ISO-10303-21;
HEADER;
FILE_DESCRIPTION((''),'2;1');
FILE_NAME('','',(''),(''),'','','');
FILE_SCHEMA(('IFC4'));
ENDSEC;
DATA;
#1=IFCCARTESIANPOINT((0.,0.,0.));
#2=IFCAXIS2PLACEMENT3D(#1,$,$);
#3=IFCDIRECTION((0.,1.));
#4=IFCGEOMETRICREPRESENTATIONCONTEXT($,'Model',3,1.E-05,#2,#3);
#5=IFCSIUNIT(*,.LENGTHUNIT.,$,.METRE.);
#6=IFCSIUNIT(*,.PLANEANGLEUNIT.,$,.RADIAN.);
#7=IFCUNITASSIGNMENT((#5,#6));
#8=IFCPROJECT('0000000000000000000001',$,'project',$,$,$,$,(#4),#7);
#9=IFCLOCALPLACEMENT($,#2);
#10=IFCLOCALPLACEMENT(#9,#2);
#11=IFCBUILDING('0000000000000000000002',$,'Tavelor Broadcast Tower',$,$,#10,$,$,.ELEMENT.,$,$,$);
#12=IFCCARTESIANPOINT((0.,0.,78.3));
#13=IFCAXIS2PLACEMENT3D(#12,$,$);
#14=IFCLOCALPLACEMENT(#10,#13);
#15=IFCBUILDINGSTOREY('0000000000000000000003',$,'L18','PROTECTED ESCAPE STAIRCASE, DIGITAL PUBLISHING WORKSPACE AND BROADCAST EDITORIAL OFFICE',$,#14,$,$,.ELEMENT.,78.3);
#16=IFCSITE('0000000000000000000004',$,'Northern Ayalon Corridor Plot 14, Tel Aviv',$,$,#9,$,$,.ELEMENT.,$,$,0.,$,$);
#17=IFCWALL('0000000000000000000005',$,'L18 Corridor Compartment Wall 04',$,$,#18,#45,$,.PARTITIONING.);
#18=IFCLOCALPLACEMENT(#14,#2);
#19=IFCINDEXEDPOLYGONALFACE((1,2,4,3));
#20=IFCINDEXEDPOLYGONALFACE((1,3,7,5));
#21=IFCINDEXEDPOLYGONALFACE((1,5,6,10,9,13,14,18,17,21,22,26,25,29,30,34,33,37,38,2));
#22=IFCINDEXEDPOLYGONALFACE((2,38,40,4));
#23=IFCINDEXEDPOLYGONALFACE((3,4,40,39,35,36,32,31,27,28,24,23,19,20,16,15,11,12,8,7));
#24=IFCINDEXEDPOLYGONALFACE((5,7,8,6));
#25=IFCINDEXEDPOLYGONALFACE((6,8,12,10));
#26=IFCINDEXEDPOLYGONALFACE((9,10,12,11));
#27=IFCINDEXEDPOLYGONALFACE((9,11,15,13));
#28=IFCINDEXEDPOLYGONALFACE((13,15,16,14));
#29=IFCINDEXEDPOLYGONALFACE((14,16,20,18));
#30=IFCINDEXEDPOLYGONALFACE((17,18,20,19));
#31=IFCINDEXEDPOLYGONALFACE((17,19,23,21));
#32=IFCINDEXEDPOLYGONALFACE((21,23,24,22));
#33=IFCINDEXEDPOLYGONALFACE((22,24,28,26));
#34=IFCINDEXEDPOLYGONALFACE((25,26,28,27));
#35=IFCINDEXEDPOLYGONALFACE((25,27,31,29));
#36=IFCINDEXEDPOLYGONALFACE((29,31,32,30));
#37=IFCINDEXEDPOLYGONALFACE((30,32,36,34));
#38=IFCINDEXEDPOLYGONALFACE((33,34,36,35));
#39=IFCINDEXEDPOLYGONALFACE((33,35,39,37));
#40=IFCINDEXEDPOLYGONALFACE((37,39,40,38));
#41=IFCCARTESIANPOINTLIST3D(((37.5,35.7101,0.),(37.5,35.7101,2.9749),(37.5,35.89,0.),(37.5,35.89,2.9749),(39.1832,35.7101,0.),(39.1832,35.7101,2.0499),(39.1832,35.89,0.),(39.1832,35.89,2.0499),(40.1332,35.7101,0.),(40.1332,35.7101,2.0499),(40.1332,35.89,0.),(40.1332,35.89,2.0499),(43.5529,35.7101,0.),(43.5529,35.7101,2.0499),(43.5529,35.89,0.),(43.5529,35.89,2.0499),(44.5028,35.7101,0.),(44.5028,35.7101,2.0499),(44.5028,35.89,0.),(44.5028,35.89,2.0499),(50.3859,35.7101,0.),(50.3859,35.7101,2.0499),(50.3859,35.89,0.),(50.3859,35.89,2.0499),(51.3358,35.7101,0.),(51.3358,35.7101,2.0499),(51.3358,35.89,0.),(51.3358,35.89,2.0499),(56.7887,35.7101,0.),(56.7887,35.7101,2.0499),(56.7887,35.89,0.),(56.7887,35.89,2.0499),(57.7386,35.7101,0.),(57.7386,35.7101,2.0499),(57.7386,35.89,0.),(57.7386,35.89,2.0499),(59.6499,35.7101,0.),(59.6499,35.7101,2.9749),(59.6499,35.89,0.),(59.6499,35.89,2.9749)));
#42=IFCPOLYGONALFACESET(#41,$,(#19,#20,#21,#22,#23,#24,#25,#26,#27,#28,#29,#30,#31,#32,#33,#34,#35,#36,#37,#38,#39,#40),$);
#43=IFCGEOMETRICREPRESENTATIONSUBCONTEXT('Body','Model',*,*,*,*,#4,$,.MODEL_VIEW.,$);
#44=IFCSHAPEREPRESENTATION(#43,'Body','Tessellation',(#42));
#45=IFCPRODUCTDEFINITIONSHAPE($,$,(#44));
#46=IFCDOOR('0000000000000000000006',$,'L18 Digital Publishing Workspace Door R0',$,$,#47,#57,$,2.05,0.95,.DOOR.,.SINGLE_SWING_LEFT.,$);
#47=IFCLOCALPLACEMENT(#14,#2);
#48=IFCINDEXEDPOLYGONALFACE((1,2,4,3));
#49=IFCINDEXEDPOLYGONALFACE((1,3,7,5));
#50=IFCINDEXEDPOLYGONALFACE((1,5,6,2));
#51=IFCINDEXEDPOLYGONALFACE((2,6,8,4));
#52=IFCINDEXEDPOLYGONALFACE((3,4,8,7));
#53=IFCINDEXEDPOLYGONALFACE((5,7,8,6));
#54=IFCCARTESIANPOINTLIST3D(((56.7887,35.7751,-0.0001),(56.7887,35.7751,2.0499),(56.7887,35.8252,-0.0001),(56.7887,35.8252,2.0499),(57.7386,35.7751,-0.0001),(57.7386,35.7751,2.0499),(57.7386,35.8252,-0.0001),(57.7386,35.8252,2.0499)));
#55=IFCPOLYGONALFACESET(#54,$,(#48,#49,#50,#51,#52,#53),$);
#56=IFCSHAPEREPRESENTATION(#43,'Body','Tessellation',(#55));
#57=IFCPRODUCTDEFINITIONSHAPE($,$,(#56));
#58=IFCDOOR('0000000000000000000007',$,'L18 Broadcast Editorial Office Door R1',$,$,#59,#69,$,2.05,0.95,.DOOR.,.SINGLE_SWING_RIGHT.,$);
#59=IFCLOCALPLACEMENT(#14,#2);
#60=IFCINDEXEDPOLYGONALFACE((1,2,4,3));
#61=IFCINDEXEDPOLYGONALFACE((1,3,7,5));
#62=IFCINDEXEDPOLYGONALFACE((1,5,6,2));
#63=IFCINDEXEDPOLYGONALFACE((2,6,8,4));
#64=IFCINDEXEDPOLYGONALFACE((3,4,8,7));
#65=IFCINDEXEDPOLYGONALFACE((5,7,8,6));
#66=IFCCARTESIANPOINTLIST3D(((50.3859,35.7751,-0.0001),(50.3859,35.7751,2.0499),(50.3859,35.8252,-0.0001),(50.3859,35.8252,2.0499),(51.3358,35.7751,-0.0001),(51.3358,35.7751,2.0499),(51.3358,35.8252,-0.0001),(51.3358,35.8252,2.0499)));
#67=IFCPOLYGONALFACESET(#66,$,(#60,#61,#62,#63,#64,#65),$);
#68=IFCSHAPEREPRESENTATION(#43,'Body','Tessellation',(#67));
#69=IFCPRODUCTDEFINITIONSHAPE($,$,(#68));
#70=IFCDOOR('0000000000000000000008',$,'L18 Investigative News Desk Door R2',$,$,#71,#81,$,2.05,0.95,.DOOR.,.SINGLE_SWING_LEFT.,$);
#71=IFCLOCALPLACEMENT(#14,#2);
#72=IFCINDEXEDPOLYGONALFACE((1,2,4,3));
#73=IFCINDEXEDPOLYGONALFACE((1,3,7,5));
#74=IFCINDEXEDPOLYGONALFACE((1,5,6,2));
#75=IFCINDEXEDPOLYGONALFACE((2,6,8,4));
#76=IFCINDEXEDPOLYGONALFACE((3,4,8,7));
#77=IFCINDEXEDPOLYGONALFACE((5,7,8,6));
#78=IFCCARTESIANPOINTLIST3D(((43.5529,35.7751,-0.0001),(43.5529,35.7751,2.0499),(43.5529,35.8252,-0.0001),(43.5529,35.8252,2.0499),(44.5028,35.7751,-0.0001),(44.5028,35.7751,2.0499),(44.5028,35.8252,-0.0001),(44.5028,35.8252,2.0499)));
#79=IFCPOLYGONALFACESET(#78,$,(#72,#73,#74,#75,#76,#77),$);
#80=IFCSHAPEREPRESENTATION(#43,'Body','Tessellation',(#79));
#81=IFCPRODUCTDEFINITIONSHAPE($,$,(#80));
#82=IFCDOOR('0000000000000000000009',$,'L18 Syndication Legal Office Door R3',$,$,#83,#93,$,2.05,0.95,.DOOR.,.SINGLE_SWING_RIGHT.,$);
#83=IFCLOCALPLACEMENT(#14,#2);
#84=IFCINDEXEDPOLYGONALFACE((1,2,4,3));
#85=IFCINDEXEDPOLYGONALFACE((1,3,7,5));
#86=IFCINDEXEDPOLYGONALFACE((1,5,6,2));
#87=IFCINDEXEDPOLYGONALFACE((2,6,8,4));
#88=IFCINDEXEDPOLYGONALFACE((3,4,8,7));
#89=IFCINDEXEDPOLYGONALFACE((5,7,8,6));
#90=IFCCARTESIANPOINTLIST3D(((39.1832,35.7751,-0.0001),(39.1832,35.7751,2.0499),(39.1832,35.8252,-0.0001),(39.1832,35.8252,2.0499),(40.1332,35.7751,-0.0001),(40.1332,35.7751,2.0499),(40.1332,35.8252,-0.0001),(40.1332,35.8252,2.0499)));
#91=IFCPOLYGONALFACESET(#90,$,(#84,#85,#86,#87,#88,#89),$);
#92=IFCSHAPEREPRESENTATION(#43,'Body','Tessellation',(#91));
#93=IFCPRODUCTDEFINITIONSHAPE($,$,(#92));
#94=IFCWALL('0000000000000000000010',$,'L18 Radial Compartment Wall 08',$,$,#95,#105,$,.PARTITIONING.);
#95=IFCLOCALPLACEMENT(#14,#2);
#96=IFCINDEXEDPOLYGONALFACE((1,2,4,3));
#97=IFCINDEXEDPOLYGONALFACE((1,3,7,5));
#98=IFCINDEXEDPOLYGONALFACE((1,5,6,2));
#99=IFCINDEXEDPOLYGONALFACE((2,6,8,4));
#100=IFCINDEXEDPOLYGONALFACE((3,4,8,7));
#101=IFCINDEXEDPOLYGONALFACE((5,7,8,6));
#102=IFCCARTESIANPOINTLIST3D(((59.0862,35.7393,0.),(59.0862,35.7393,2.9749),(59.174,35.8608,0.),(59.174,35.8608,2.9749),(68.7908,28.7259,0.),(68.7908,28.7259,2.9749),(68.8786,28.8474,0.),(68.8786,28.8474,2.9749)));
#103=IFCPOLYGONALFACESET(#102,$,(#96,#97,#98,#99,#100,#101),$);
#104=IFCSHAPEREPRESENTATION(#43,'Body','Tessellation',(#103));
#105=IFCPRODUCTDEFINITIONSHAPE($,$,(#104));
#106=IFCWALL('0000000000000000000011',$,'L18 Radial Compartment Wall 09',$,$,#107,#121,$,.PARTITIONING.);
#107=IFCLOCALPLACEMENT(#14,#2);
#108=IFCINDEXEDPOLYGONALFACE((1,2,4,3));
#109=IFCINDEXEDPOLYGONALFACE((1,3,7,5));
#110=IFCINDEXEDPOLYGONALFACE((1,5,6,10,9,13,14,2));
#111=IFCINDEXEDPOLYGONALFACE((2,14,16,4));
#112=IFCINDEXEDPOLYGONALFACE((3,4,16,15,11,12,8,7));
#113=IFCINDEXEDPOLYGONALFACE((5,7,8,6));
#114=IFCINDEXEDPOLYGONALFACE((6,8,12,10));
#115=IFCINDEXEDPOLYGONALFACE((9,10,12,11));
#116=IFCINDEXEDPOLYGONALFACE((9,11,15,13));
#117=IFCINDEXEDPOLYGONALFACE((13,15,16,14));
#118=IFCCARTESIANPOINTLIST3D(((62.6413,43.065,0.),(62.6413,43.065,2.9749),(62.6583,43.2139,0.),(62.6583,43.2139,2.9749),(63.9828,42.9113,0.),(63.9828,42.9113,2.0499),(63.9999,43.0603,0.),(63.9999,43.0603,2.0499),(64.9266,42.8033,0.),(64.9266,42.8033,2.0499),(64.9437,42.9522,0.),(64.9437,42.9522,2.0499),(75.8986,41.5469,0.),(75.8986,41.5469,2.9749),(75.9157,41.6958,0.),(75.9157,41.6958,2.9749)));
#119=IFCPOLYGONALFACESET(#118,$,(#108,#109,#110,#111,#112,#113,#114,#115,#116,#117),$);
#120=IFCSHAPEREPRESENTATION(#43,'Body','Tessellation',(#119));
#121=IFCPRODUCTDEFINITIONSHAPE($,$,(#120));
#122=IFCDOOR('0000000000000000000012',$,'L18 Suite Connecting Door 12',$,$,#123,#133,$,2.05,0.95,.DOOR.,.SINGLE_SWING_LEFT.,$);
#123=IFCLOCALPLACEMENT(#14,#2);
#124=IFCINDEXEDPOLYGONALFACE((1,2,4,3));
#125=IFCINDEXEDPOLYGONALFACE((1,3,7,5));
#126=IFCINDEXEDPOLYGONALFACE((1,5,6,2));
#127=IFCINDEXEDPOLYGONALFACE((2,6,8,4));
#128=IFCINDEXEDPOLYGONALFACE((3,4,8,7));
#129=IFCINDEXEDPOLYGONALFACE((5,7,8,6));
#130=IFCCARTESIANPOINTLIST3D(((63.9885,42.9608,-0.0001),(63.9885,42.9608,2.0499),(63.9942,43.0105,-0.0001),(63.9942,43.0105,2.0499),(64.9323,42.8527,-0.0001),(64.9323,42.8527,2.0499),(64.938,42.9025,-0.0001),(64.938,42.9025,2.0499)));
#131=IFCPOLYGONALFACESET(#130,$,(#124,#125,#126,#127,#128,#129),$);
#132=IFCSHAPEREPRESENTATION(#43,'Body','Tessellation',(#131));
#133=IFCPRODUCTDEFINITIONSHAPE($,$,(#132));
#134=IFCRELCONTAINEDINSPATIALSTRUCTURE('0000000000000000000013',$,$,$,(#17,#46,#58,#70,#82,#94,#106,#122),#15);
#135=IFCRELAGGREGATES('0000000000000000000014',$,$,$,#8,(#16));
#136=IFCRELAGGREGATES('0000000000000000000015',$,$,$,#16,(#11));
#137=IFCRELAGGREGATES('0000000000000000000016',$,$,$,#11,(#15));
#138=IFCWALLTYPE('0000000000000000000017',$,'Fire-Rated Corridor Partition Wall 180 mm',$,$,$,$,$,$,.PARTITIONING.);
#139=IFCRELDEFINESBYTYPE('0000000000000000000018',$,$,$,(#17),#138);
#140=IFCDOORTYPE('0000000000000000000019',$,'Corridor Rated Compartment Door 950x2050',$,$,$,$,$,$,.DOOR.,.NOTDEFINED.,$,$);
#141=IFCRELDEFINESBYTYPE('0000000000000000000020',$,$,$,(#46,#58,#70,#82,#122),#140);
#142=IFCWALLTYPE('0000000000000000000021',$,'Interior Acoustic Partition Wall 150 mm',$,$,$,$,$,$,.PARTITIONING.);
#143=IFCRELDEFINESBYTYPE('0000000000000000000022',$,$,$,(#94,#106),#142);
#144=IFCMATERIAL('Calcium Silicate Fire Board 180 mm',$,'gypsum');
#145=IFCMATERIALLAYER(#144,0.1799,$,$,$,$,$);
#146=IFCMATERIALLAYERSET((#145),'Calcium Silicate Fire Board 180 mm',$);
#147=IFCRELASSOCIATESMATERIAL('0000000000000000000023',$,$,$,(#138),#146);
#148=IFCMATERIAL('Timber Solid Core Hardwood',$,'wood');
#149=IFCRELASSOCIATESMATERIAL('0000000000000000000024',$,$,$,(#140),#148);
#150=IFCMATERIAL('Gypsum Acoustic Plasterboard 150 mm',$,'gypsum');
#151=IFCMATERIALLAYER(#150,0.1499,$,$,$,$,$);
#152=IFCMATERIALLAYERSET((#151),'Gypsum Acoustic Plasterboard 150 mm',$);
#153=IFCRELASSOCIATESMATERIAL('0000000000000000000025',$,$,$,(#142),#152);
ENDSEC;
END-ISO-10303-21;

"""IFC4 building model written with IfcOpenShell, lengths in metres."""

from ifc_helpers import new_model, si_unit, direction, frame, frame_2d, origin, place, context, subcontext, project, spatial, rectangle, extrude, material, layer, layer_set, type_object, element, fill, save


model = new_model("IFC4")

# Units and contexts
model_context = context("Model", 3, precision=1e-05, world=origin(), true_north=direction((0.0, 1.0)))
body_context = subcontext(model_context, "Body", "Model", "MODEL_VIEW")
ifc_project = project(units=[si_unit("LENGTHUNIT", "METRE"), si_unit("PLANEANGLEUNIT", "RADIAN")], contexts=[model_context])

# Site, building, storey
site_placement = place(None, origin())
site = spatial("IfcSite", under=ifc_project, at=site_placement, Name="Northern Ayalon Corridor Plot 14, Tel Aviv", CompositionType="ELEMENT", RefElevation=0.0)
building_placement = place(site_placement, origin())
building = spatial("IfcBuilding", under=site, at=building_placement, Name="Tavelor Broadcast Tower", CompositionType="ELEMENT")
storey_placement = place(building_placement, frame((0.0, 0.0, 78.3)))
storey = spatial("IfcBuildingStorey", under=building, at=storey_placement, Name="L18", Description="PROTECTED ESCAPE STAIRCASE, DIGITAL PUBLISHING WORKSPACE AND BROADCAST EDITORIAL OFFICE", CompositionType="ELEMENT", Elevation=78.3)

# Shared definitions
ifc_material_1 = material(Name="Calcium Silicate Fire Board 180 mm", Category="gypsum")
ifc_layer_1 = layer(ifc_material_1, 0.1799)
ifc_layer_set_1 = layer_set([ifc_layer_1], Name="Calcium Silicate Fire Board 180 mm")
wall_type_1 = type_object("IfcWallType", Name="Fire-Rated Corridor Partition Wall 180 mm", PredefinedType="PARTITIONING", material=ifc_layer_set_1)
ifc_material_2 = material(Name="Timber Solid Core Hardwood", Category="wood")
door_type_1 = type_object("IfcDoorType", Name="Corridor Rated Compartment Door 950x2050", OperationType="NOTDEFINED", PredefinedType="DOOR", material=ifc_material_2)

# Wall, openings, doors
wall_1_placement = place(storey_placement, frame((59.6499, 35.8, 0.0), z_axis=(0.0, 0.0, 1.0), x_axis=(-1.0, 0.0, 0.0)))
wall_1 = element("IfcWall", 1, at=wall_1_placement, inside=storey, type_object=wall_type_1, Name="L18 Corridor Compartment Wall 04", PredefinedType="PARTITIONING", context=body_context, shape_type="SweptSolid", body=[
    extrude(rectangle(XDim=22.1499, YDim=0.1799, at=frame_2d((11.075, 0.0))), origin(), (0.0, 0.0, 1.0), 2.9749),
])
opening_1_placement = place(wall_1_placement, frame((1.9111, 0.0, 0.0)))
opening_1 = element("IfcOpeningElement", 2, at=opening_1_placement, cuts=wall_1, PredefinedType="OPENING", context=body_context, shape_type="SweptSolid", body=[
    extrude(rectangle(XDim=0.95, YDim=2.05, at=frame_2d((0.4751, 1.0249))), frame((0.0, 0.1001, 0.0), z_axis=(0.0, -1.0, 0.0), x_axis=(1.0, 0.0, 0.0)), (0.0, 0.0, 1.0), 0.2),
])
opening_2_placement = place(wall_1_placement, frame((8.314, 0.0, 0.0)))
opening_2 = element("IfcOpeningElement", 3, at=opening_2_placement, cuts=wall_1, PredefinedType="OPENING", context=body_context, shape_type="SweptSolid", body=[
    extrude(rectangle(XDim=0.95, YDim=2.05, at=frame_2d((0.4751, 1.0249))), frame((0.0, 0.1001, 0.0), z_axis=(0.0, -1.0, 0.0), x_axis=(1.0, 0.0, 0.0)), (0.0, 0.0, 1.0), 0.2),
])
opening_3_placement = place(wall_1_placement, frame((15.147, 0.0, 0.0)))
opening_3 = element("IfcOpeningElement", 4, at=opening_3_placement, cuts=wall_1, PredefinedType="OPENING", context=body_context, shape_type="SweptSolid", body=[
    extrude(rectangle(XDim=0.95, YDim=2.05, at=frame_2d((0.4751, 1.0249))), frame((0.0, 0.1001, 0.0), z_axis=(0.0, -1.0, 0.0), x_axis=(1.0, 0.0, 0.0)), (0.0, 0.0, 1.0), 0.2),
])
opening_4_placement = place(wall_1_placement, frame((19.5166, 0.0, 0.0)))
opening_4 = element("IfcOpeningElement", 5, at=opening_4_placement, cuts=wall_1, PredefinedType="OPENING", context=body_context, shape_type="SweptSolid", body=[
    extrude(rectangle(XDim=0.95, YDim=2.05, at=frame_2d((0.4751, 1.0249))), frame((0.0, 0.1001, 0.0), z_axis=(0.0, -1.0, 0.0), x_axis=(1.0, 0.0, 0.0)), (0.0, 0.0, 1.0), 0.2),
])
door_1_placement = place(opening_1_placement, origin())
door_1 = element("IfcDoor", 6, at=door_1_placement, inside=storey, type_object=door_type_1, Name="L18 Digital Publishing Workspace Door R0", OperationType="SINGLE_SWING_LEFT", OverallHeight=2.05, OverallWidth=0.95, PredefinedType="DOOR", context=body_context, shape_type="SweptSolid", body=[
    extrude(rectangle(XDim=0.95, YDim=2.05, at=frame_2d((0.4751, 1.0249))), frame((0.0, 0.0249, 0.0), z_axis=(0.0, -1.0, 0.0), x_axis=(1.0, 0.0, 0.0)), (0.0, 0.0, 1.0), 0.05),
])
fill(opening_1, door_1)
door_2_placement = place(opening_2_placement, origin())
door_2 = element("IfcDoor", 7, at=door_2_placement, inside=storey, type_object=door_type_1, Name="L18 Broadcast Editorial Office Door R1", OperationType="SINGLE_SWING_RIGHT", OverallHeight=2.05, OverallWidth=0.95, PredefinedType="DOOR", context=body_context, shape_type="SweptSolid", body=[
    extrude(rectangle(XDim=0.95, YDim=2.05, at=frame_2d((0.4751, 1.0249))), frame((0.0, 0.0249, 0.0), z_axis=(0.0, -1.0, 0.0), x_axis=(1.0, 0.0, 0.0)), (0.0, 0.0, 1.0), 0.05),
])
fill(opening_2, door_2)
door_3_placement = place(opening_3_placement, origin())
door_3 = element("IfcDoor", 8, at=door_3_placement, inside=storey, type_object=door_type_1, Name="L18 Investigative News Desk Door R2", OperationType="SINGLE_SWING_LEFT", OverallHeight=2.05, OverallWidth=0.95, PredefinedType="DOOR", context=body_context, shape_type="SweptSolid", body=[
    extrude(rectangle(XDim=0.95, YDim=2.05, at=frame_2d((0.4751, 1.0249))), frame((0.0, 0.0249, 0.0), z_axis=(0.0, -1.0, 0.0), x_axis=(1.0, 0.0, 0.0)), (0.0, 0.0, 1.0), 0.05),
])
fill(opening_3, door_3)
door_4_placement = place(opening_4_placement, origin())
door_4 = element("IfcDoor", 9, at=door_4_placement, inside=storey, type_object=door_type_1, Name="L18 Syndication Legal Office Door R3", OperationType="SINGLE_SWING_RIGHT", OverallHeight=2.05, OverallWidth=0.95, PredefinedType="DOOR", context=body_context, shape_type="SweptSolid", body=[
    extrude(rectangle(XDim=0.95, YDim=2.05, at=frame_2d((0.4751, 1.0249))), frame((0.0, 0.0249, 0.0), z_axis=(0.0, -1.0, 0.0), x_axis=(1.0, 0.0, 0.0)), (0.0, 0.0, 1.0), 0.05),
])
fill(opening_4, door_4)

# Wall
ifc_material_3 = material(Name="Gypsum Acoustic Plasterboard 150 mm", Category="gypsum")
ifc_layer_2 = layer(ifc_material_3, 0.1499)
ifc_layer_set_2 = layer_set([ifc_layer_2], Name="Gypsum Acoustic Plasterboard 150 mm")
wall_type_2 = type_object("IfcWallType", Name="Interior Acoustic Partition Wall 150 mm", PredefinedType="PARTITIONING", material=ifc_layer_set_2)
wall_2_placement = place(storey_placement, frame((59.1301, 35.8, 0.0), z_axis=(0.0, 0.0, 1.0), x_axis=(0.810499, -0.585741, 0.0)))
element("IfcWall", 10, at=wall_2_placement, inside=storey, type_object=wall_type_2, Name="L18 Radial Compartment Wall 08", PredefinedType="PARTITIONING", context=body_context, shape_type="SweptSolid", body=[
    extrude(rectangle(XDim=11.9736, YDim=0.1499, at=frame_2d((5.9868, 0.0))), origin(), (0.0, 0.0, 1.0), 2.9749),
])

# Wall, opening, door
wall_3_placement = place(storey_placement, frame((62.6499, 43.1394, 0.0), z_axis=(0.0, 0.0, 1.0), x_axis=(0.993508, -0.113764, 0.0)))
wall_3 = element("IfcWall", 11, at=wall_3_placement, inside=storey, type_object=wall_type_2, Name="L18 Radial Compartment Wall 09", PredefinedType="PARTITIONING", context=body_context, shape_type="SweptSolid", body=[
    extrude(rectangle(XDim=13.344, YDim=0.1499, at=frame_2d((6.6719, 0.0))), origin(), (0.0, 0.0, 1.0), 2.9749),
])
opening_5_placement = place(wall_3_placement, frame((1.3501, 0.0, 0.0)))
opening_5 = element("IfcOpeningElement", 12, at=opening_5_placement, cuts=wall_3, PredefinedType="OPENING", context=body_context, shape_type="SweptSolid", body=[
    extrude(rectangle(XDim=0.95, YDim=2.05, at=frame_2d((0.4751, 1.0249))), frame((0.0, 0.085, 0.0), z_axis=(0.0, -1.0, 0.0), x_axis=(1.0, 0.0, 0.0)), (0.0, 0.0, 1.0), 0.1699),
])
door_5_placement = place(opening_5_placement, origin())
door_5 = element("IfcDoor", 13, at=door_5_placement, inside=storey, type_object=door_type_1, Name="L18 Suite Connecting Door 12", OperationType="SINGLE_SWING_LEFT", OverallHeight=2.05, OverallWidth=0.95, PredefinedType="DOOR", context=body_context, shape_type="SweptSolid", body=[
    extrude(rectangle(XDim=0.95, YDim=2.05, at=frame_2d((0.4751, 1.0249))), frame((0.0, 0.0249, 0.0), z_axis=(0.0, -1.0, 0.0), x_axis=(1.0, 0.0, 0.0)), (0.0, 0.0, 1.0), 0.05),
])
fill(opening_5, door_5)

save(model, "model.ifc")
